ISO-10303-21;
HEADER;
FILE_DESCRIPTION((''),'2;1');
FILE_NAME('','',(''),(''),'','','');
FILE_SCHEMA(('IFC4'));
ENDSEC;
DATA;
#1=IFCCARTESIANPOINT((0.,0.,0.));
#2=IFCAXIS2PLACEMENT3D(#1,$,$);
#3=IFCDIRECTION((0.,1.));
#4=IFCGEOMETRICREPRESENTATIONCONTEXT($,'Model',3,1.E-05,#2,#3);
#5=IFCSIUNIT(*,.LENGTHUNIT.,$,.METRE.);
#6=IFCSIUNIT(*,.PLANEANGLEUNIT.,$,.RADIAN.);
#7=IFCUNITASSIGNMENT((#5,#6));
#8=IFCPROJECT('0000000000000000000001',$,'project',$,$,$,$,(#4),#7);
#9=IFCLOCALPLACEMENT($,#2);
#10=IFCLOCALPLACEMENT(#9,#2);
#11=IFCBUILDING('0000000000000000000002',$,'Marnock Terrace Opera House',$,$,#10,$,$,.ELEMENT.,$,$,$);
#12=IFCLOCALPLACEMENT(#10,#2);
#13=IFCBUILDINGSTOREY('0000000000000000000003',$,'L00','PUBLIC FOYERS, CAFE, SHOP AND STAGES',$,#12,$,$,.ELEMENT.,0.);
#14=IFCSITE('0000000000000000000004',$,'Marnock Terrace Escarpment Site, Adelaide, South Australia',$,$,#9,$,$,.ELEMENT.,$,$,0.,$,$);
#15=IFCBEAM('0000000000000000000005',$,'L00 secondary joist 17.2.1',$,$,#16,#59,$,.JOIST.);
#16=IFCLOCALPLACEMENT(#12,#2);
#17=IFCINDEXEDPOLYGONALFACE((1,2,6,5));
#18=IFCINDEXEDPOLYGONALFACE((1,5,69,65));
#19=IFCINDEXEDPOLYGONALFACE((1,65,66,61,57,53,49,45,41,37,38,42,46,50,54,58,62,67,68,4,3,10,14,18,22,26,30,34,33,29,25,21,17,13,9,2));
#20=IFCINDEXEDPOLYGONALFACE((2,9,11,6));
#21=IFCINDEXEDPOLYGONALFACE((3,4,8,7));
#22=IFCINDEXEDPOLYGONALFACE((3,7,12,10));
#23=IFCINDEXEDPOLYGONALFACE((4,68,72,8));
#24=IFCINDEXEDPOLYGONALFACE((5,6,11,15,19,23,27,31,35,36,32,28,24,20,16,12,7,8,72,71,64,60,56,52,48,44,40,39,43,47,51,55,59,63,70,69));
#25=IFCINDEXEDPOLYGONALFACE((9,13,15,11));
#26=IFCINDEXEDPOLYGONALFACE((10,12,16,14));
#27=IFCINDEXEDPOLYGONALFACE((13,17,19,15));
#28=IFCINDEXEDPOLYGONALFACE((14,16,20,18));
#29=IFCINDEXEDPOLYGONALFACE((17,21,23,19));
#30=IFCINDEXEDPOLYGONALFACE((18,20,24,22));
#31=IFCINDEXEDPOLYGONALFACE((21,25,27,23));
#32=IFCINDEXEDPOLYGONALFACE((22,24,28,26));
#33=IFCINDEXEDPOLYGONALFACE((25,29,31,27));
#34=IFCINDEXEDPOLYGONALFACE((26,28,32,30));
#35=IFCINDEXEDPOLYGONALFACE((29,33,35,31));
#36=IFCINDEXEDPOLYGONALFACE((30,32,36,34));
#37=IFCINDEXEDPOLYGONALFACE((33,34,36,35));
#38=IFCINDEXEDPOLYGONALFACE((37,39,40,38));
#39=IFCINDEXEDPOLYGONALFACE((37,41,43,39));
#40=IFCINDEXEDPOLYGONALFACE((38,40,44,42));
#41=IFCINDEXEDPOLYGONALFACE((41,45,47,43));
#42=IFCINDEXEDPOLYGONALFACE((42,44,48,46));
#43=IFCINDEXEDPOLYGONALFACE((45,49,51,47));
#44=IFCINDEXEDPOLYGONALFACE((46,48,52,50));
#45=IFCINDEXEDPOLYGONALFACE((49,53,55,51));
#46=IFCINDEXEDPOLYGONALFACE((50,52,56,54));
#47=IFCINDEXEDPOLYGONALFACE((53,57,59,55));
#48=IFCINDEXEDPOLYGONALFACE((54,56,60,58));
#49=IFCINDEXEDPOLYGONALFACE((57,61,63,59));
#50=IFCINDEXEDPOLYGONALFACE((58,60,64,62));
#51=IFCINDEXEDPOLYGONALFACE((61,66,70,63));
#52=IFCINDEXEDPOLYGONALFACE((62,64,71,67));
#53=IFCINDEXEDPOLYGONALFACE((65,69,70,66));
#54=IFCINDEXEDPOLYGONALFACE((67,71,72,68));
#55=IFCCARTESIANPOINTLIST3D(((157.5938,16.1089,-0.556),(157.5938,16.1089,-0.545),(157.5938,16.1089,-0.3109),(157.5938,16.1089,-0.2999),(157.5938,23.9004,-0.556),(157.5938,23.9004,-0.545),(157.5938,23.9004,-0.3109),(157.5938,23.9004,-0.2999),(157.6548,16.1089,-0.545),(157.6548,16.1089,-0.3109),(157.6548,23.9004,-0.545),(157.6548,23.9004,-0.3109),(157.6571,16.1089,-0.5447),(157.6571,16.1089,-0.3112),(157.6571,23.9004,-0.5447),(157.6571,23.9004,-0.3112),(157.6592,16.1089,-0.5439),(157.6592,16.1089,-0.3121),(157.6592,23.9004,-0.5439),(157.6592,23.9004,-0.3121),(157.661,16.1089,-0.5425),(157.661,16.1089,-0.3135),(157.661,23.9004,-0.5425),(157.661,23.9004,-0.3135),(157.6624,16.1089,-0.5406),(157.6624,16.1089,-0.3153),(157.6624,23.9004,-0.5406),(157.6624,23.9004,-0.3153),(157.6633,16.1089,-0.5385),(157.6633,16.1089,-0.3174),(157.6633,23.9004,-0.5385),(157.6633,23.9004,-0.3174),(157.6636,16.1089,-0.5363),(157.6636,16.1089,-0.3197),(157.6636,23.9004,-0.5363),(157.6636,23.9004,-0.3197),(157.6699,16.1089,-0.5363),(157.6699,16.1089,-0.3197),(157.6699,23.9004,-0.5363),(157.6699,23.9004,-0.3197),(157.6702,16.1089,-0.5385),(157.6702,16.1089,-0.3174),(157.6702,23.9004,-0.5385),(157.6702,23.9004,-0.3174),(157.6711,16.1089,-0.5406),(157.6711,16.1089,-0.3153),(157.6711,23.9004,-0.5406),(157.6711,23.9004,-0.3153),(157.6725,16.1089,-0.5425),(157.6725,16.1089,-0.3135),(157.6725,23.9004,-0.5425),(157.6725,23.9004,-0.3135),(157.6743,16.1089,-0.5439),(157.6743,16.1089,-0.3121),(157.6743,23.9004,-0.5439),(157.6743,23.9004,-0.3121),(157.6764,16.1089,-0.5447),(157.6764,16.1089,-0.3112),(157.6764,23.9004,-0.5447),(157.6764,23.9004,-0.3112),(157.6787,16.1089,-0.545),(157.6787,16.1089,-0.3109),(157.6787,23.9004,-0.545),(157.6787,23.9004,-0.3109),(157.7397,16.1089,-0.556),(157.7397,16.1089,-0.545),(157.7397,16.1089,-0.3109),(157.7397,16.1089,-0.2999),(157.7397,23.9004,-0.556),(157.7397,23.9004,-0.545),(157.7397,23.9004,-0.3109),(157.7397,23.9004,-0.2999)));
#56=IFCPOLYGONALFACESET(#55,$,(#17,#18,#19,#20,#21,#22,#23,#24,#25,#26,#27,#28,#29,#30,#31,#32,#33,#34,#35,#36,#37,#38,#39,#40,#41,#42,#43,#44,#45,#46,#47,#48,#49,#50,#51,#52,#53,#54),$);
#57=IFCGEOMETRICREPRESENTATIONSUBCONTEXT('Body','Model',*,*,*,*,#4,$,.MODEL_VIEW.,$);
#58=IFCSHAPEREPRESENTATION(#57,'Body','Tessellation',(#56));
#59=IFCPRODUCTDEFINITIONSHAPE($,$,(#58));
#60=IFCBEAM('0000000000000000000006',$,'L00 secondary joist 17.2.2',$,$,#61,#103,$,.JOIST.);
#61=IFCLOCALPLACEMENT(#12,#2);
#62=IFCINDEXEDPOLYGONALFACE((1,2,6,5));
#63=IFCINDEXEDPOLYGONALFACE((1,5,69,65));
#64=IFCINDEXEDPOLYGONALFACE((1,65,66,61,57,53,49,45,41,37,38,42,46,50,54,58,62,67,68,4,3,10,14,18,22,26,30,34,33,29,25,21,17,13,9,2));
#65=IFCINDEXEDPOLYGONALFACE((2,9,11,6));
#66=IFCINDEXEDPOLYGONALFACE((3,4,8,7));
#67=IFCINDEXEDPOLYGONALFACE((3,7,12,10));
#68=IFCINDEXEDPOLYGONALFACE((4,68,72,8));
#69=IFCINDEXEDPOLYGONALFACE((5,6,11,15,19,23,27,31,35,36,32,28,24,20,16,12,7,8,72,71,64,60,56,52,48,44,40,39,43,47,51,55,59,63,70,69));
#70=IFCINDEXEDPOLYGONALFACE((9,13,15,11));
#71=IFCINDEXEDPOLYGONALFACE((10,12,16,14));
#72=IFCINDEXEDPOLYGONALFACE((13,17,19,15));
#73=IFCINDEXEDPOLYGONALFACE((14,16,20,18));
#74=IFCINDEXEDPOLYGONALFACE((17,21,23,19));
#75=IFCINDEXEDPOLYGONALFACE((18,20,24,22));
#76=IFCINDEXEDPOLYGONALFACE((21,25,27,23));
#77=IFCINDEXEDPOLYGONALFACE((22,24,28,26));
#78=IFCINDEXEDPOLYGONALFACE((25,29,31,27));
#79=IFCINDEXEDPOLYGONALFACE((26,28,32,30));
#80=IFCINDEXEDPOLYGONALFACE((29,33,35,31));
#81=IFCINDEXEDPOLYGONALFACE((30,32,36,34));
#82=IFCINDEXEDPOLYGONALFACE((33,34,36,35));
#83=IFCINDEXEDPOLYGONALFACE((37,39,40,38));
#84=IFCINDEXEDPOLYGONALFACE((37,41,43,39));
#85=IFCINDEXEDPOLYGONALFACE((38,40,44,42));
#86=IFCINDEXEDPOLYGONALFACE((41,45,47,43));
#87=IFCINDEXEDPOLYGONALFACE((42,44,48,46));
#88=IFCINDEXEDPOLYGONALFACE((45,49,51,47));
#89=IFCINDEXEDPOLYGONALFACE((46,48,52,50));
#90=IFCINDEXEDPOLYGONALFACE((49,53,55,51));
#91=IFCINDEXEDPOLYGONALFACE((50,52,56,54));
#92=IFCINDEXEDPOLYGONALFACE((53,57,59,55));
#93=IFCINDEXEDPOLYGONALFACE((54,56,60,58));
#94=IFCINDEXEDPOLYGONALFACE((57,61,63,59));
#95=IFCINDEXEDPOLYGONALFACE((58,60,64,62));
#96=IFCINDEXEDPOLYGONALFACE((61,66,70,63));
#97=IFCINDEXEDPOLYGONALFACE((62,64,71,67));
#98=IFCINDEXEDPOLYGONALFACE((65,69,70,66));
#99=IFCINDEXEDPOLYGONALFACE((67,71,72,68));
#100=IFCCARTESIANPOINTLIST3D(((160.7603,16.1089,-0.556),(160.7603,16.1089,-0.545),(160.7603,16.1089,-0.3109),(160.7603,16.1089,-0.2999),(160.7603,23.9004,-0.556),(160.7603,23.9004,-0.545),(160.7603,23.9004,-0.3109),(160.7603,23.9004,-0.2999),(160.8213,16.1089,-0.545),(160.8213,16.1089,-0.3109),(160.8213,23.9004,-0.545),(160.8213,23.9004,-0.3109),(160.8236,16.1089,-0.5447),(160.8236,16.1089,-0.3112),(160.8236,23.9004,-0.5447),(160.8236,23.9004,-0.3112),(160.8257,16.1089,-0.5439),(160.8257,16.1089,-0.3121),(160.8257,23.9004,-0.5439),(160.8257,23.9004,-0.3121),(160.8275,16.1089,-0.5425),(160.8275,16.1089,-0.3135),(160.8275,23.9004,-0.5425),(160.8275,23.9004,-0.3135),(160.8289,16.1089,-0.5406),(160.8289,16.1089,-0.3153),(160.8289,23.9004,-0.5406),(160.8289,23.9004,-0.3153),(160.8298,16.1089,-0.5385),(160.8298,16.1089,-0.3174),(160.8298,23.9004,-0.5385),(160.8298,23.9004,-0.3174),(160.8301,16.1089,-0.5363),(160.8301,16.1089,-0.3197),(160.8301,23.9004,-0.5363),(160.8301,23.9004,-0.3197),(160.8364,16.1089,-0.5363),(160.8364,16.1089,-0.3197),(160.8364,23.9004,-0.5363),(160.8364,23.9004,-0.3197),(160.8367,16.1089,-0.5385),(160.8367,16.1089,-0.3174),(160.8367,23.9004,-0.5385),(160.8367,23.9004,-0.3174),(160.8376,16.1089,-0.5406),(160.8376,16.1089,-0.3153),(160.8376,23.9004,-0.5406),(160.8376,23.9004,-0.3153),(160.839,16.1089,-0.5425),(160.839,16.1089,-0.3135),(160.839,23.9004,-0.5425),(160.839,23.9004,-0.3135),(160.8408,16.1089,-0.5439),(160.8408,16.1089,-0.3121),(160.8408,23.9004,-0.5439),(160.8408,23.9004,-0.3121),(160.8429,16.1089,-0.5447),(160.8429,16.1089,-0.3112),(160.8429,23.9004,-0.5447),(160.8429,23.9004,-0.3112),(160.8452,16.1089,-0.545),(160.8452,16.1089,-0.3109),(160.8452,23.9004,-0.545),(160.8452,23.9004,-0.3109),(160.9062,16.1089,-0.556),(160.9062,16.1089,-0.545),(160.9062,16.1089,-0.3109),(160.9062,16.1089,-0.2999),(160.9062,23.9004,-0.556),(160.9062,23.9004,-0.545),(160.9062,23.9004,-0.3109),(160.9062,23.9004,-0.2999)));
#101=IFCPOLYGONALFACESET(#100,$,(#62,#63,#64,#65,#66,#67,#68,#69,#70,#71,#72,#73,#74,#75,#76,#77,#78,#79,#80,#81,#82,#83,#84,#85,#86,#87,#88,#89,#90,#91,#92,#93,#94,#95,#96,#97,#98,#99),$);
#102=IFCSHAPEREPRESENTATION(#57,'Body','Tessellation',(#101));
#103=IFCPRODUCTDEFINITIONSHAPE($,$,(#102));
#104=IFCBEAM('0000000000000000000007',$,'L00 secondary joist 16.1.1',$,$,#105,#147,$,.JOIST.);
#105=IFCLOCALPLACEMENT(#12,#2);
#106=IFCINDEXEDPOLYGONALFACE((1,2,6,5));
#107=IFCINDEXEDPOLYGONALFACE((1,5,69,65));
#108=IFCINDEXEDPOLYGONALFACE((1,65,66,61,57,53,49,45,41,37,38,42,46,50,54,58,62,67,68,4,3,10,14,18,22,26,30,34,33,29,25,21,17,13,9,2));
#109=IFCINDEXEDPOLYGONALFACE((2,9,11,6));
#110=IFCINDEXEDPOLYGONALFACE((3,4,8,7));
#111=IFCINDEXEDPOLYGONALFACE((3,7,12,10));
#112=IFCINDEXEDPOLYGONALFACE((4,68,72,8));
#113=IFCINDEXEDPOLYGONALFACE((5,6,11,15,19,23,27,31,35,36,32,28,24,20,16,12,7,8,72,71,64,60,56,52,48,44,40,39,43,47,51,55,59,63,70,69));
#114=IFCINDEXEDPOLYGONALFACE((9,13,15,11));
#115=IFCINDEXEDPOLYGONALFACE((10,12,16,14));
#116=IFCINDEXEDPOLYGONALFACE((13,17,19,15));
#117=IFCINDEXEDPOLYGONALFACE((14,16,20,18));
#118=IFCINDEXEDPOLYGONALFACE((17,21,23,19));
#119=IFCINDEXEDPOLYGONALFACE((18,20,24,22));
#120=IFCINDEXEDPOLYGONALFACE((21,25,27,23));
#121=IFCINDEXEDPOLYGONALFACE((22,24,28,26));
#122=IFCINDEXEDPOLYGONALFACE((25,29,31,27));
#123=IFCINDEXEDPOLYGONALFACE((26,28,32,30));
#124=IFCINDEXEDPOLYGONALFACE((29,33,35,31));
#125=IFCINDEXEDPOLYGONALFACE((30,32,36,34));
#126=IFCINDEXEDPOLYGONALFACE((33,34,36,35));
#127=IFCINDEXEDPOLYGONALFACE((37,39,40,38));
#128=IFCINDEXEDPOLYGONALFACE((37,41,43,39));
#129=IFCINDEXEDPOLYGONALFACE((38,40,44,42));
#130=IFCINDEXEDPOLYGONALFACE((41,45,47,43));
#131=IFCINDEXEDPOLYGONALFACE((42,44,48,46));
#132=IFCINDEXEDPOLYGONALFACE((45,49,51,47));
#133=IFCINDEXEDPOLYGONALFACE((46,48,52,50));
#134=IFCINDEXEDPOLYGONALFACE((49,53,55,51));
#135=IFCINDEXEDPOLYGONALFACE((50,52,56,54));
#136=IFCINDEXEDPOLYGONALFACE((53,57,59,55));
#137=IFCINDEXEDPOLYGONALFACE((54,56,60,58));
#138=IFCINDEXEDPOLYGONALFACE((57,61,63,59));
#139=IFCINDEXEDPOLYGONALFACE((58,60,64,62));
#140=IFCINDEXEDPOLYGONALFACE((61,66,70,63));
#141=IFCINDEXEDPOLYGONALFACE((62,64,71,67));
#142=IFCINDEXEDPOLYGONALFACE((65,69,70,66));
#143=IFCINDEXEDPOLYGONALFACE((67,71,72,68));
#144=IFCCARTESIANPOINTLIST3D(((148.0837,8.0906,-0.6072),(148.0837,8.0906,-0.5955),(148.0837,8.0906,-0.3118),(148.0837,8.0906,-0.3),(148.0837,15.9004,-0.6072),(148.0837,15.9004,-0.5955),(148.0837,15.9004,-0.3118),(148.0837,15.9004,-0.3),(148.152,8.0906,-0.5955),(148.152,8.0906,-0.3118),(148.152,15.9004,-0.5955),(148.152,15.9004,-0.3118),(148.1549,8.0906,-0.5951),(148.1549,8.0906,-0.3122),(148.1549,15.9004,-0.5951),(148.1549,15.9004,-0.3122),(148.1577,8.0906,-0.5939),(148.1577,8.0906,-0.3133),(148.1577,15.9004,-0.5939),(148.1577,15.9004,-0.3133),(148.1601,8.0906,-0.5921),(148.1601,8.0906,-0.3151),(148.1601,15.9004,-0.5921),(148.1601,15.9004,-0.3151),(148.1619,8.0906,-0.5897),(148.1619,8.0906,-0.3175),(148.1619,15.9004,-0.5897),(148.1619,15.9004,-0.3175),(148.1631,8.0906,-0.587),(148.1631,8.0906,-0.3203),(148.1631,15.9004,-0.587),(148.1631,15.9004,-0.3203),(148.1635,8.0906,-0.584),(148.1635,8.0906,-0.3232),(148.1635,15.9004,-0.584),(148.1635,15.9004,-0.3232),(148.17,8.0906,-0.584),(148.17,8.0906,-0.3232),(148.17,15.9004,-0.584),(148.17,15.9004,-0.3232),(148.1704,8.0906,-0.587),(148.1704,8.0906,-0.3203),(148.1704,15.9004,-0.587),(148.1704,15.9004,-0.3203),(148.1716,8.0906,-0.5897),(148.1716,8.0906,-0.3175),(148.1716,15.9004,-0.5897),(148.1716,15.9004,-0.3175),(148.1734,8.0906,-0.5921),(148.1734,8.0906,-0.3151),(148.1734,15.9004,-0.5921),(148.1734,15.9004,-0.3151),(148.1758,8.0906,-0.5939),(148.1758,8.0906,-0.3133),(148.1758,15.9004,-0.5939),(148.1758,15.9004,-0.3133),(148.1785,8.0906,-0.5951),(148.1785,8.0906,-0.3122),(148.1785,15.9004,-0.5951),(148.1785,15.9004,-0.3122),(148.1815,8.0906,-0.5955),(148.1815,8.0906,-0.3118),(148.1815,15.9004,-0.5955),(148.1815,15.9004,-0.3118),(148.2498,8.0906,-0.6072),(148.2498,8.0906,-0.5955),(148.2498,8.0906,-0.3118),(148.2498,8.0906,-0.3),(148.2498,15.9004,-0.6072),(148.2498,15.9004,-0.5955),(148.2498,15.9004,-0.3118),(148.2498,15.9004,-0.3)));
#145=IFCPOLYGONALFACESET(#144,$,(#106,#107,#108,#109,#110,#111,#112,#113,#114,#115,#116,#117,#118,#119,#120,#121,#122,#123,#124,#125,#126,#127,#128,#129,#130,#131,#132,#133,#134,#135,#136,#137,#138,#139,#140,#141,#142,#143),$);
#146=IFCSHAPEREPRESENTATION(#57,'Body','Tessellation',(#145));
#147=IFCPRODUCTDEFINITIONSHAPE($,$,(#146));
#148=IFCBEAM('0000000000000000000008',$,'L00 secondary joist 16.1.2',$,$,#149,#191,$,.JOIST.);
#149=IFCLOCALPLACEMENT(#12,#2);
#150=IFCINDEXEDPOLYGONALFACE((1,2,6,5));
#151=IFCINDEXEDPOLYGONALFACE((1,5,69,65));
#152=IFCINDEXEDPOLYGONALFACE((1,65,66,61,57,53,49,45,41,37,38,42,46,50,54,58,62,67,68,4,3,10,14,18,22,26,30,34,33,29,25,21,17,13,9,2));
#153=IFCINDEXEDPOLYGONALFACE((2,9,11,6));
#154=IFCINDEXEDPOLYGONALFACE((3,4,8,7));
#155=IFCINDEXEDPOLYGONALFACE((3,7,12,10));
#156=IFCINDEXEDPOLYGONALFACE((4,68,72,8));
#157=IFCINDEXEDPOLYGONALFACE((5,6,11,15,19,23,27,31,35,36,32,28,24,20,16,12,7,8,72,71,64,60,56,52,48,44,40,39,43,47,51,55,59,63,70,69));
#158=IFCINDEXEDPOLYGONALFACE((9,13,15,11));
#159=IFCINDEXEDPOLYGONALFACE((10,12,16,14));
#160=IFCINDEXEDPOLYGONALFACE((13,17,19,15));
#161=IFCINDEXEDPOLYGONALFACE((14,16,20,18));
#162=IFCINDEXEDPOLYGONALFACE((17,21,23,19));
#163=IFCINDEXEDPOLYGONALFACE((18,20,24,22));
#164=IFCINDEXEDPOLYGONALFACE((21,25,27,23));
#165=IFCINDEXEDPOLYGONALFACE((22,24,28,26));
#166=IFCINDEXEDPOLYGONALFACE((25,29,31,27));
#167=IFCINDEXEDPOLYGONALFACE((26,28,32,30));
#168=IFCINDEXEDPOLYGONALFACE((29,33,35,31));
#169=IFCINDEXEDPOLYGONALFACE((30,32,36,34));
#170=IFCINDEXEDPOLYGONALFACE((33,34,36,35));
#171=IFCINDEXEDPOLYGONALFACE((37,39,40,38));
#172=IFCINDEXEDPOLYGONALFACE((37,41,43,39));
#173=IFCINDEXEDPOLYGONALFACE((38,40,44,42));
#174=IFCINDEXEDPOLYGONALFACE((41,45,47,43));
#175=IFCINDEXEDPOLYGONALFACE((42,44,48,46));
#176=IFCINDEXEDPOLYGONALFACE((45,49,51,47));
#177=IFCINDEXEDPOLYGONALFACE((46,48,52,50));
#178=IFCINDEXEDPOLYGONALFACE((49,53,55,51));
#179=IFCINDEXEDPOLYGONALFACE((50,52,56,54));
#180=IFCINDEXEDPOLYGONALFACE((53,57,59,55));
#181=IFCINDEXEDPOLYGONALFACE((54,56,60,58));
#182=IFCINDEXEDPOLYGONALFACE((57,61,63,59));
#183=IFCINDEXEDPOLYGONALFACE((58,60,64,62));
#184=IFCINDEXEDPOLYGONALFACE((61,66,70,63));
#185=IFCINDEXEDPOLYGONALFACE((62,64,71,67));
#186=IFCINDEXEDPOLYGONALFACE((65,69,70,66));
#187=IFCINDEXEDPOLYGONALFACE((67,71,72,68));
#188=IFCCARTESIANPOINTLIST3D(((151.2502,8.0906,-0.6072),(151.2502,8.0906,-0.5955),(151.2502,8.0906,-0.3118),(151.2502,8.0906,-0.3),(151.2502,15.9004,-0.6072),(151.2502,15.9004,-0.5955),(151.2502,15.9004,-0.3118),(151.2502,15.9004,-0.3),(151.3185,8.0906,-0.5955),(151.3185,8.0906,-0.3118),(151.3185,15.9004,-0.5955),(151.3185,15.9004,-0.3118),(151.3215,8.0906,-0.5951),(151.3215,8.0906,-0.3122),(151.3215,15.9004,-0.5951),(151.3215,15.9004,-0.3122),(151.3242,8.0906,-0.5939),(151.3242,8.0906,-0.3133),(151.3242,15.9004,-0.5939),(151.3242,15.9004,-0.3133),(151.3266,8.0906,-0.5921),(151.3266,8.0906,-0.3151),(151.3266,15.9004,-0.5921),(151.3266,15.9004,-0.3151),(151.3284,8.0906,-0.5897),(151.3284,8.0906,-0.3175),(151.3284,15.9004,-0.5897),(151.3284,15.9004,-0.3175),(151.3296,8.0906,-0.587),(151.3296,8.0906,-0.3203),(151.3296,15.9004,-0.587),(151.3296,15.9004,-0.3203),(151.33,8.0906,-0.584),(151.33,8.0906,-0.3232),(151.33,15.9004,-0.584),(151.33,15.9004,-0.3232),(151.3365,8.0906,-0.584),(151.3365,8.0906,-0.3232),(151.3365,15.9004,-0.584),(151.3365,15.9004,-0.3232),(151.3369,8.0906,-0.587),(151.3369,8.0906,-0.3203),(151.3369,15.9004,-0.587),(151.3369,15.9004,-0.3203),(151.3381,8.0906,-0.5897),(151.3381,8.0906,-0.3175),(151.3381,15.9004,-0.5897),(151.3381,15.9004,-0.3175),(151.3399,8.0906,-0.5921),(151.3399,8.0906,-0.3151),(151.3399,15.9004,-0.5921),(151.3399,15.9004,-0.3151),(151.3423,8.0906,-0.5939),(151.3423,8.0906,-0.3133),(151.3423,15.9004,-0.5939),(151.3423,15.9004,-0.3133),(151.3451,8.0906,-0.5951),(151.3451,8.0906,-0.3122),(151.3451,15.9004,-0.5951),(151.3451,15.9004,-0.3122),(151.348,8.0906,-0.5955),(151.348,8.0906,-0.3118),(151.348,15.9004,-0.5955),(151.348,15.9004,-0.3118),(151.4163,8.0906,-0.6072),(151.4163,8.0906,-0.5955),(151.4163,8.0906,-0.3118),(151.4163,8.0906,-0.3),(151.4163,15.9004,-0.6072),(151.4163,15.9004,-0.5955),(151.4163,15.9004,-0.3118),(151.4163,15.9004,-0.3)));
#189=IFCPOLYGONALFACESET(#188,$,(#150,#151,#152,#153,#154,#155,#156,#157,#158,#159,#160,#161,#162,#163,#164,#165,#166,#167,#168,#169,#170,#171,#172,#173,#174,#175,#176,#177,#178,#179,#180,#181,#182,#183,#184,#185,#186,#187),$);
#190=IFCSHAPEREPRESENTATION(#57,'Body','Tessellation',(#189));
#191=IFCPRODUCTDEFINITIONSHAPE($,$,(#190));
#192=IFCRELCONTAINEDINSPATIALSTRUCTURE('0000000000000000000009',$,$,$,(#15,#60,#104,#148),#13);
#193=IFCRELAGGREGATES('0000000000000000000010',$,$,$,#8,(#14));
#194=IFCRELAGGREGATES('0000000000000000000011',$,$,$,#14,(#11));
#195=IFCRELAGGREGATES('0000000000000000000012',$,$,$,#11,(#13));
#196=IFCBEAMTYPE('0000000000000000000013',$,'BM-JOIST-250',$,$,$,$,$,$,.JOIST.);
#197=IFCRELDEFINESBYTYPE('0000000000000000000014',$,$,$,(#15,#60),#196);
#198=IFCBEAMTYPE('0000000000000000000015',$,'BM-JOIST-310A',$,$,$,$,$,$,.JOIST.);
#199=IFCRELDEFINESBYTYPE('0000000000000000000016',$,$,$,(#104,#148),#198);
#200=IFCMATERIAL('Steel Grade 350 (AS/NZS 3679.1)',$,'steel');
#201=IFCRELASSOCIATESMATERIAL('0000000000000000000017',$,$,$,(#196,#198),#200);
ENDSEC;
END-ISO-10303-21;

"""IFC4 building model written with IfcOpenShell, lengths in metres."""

from ifc_helpers import new_model, si_unit, direction, frame, origin, origin_2d, place, context, subcontext, project, spatial, i_section, extrude, material, material_profile, profile_set, type_object, element, save


model = new_model("IFC4")

# Units and contexts
model_context = context("Model", 3, precision=1e-05, world=origin(), true_north=direction((0.0, 1.0)))
body_context = subcontext(model_context, "Body", "Model", "MODEL_VIEW")
ifc_project = project(units=[si_unit("LENGTHUNIT", "METRE"), si_unit("PLANEANGLEUNIT", "RADIAN")], contexts=[model_context])

# Site, building, storey
site_placement = place(None, origin())
site = spatial("IfcSite", under=ifc_project, at=site_placement, Name="Marnock Terrace Escarpment Site, Adelaide, South Australia", CompositionType="ELEMENT", RefElevation=0.0)
building_placement = place(site_placement, origin())
building = spatial("IfcBuilding", under=site, at=building_placement, Name="Marnock Terrace Opera House", CompositionType="ELEMENT")
storey_placement = place(building_placement, origin())
storey = spatial("IfcBuildingStorey", under=building, at=storey_placement, Name="L00", Description="PUBLIC FOYERS, CAFE, SHOP AND STAGES", CompositionType="ELEMENT", Elevation=0.0)

# Beams
ifc_material_1 = material(Name="Steel Grade 350 (AS/NZS 3679.1)", Category="steel")
ifc_material_profile_1 = material_profile(ifc_material_1, i_section(OverallWidth=0.146, OverallDepth=0.2561, WebThickness=0.0063, FlangeThickness=0.011, FilletRadius=0.0088, at=origin_2d()))
ifc_profile_set_1 = profile_set([ifc_material_profile_1], Name="Steel Grade 350 (AS/NZS 3679.1)")
beam_type_1 = type_object("IfcBeamType", Name="BM-JOIST-250", PredefinedType="JOIST", material=ifc_profile_set_1)
for number, where, z_axis, x_axis, name in (
    (1, (157.6667, 16.1089, -0.428), (0.0, 1.0, 0.0), (-1.0, 0.0, 0.0), "L00 secondary joist 17.2.1"),
    (2, (160.8333, 16.1089, -0.428), (0.0, 1.0, 0.0), (-1.0, 0.0, 0.0), "L00 secondary joist 17.2.2"),
):
    element("IfcBeam", number, at=place(storey_placement, frame(where, z_axis=z_axis, x_axis=x_axis)), inside=storey, type_object=beam_type_1, Name=name, PredefinedType="JOIST", context=body_context, shape_type="SweptSolid", body=[
        extrude(i_section(OverallWidth=0.146, OverallDepth=0.2561, WebThickness=0.0063, FlangeThickness=0.011, FilletRadius=0.0088, at=origin_2d()), origin(), (0.0, 0.0, 1.0), 7.7915),
    ])
ifc_material_profile_2 = material_profile(ifc_material_1, i_section(OverallWidth=0.166, OverallDepth=0.3071, WebThickness=0.0066, FlangeThickness=0.0117, FilletRadius=0.0115, at=origin_2d()))
ifc_profile_set_2 = profile_set([ifc_material_profile_2], Name="Steel Grade 350 (AS/NZS 3679.1)")
beam_type_2 = type_object("IfcBeamType", Name="BM-JOIST-310A", PredefinedType="JOIST", material=ifc_profile_set_2)
for number, where, z_axis, x_axis, name in (
    (3, (148.1667, 8.0906, -0.4536), (0.0, 1.0, 0.0), (-1.0, 0.0, 0.0), "L00 secondary joist 16.1.1"),
    (4, (151.3333, 8.0906, -0.4536), (0.0, 1.0, 0.0), (-1.0, 0.0, 0.0), "L00 secondary joist 16.1.2"),
):
    element("IfcBeam", number, at=place(storey_placement, frame(where, z_axis=z_axis, x_axis=x_axis)), inside=storey, type_object=beam_type_2, Name=name, PredefinedType="JOIST", context=body_context, shape_type="SweptSolid", body=[
        extrude(i_section(OverallWidth=0.166, OverallDepth=0.3071, WebThickness=0.0066, FlangeThickness=0.0117, FilletRadius=0.0115, at=origin_2d()), origin(), (0.0, 0.0, 1.0), 7.8098),
    ])

save(model, "model.ifc")
